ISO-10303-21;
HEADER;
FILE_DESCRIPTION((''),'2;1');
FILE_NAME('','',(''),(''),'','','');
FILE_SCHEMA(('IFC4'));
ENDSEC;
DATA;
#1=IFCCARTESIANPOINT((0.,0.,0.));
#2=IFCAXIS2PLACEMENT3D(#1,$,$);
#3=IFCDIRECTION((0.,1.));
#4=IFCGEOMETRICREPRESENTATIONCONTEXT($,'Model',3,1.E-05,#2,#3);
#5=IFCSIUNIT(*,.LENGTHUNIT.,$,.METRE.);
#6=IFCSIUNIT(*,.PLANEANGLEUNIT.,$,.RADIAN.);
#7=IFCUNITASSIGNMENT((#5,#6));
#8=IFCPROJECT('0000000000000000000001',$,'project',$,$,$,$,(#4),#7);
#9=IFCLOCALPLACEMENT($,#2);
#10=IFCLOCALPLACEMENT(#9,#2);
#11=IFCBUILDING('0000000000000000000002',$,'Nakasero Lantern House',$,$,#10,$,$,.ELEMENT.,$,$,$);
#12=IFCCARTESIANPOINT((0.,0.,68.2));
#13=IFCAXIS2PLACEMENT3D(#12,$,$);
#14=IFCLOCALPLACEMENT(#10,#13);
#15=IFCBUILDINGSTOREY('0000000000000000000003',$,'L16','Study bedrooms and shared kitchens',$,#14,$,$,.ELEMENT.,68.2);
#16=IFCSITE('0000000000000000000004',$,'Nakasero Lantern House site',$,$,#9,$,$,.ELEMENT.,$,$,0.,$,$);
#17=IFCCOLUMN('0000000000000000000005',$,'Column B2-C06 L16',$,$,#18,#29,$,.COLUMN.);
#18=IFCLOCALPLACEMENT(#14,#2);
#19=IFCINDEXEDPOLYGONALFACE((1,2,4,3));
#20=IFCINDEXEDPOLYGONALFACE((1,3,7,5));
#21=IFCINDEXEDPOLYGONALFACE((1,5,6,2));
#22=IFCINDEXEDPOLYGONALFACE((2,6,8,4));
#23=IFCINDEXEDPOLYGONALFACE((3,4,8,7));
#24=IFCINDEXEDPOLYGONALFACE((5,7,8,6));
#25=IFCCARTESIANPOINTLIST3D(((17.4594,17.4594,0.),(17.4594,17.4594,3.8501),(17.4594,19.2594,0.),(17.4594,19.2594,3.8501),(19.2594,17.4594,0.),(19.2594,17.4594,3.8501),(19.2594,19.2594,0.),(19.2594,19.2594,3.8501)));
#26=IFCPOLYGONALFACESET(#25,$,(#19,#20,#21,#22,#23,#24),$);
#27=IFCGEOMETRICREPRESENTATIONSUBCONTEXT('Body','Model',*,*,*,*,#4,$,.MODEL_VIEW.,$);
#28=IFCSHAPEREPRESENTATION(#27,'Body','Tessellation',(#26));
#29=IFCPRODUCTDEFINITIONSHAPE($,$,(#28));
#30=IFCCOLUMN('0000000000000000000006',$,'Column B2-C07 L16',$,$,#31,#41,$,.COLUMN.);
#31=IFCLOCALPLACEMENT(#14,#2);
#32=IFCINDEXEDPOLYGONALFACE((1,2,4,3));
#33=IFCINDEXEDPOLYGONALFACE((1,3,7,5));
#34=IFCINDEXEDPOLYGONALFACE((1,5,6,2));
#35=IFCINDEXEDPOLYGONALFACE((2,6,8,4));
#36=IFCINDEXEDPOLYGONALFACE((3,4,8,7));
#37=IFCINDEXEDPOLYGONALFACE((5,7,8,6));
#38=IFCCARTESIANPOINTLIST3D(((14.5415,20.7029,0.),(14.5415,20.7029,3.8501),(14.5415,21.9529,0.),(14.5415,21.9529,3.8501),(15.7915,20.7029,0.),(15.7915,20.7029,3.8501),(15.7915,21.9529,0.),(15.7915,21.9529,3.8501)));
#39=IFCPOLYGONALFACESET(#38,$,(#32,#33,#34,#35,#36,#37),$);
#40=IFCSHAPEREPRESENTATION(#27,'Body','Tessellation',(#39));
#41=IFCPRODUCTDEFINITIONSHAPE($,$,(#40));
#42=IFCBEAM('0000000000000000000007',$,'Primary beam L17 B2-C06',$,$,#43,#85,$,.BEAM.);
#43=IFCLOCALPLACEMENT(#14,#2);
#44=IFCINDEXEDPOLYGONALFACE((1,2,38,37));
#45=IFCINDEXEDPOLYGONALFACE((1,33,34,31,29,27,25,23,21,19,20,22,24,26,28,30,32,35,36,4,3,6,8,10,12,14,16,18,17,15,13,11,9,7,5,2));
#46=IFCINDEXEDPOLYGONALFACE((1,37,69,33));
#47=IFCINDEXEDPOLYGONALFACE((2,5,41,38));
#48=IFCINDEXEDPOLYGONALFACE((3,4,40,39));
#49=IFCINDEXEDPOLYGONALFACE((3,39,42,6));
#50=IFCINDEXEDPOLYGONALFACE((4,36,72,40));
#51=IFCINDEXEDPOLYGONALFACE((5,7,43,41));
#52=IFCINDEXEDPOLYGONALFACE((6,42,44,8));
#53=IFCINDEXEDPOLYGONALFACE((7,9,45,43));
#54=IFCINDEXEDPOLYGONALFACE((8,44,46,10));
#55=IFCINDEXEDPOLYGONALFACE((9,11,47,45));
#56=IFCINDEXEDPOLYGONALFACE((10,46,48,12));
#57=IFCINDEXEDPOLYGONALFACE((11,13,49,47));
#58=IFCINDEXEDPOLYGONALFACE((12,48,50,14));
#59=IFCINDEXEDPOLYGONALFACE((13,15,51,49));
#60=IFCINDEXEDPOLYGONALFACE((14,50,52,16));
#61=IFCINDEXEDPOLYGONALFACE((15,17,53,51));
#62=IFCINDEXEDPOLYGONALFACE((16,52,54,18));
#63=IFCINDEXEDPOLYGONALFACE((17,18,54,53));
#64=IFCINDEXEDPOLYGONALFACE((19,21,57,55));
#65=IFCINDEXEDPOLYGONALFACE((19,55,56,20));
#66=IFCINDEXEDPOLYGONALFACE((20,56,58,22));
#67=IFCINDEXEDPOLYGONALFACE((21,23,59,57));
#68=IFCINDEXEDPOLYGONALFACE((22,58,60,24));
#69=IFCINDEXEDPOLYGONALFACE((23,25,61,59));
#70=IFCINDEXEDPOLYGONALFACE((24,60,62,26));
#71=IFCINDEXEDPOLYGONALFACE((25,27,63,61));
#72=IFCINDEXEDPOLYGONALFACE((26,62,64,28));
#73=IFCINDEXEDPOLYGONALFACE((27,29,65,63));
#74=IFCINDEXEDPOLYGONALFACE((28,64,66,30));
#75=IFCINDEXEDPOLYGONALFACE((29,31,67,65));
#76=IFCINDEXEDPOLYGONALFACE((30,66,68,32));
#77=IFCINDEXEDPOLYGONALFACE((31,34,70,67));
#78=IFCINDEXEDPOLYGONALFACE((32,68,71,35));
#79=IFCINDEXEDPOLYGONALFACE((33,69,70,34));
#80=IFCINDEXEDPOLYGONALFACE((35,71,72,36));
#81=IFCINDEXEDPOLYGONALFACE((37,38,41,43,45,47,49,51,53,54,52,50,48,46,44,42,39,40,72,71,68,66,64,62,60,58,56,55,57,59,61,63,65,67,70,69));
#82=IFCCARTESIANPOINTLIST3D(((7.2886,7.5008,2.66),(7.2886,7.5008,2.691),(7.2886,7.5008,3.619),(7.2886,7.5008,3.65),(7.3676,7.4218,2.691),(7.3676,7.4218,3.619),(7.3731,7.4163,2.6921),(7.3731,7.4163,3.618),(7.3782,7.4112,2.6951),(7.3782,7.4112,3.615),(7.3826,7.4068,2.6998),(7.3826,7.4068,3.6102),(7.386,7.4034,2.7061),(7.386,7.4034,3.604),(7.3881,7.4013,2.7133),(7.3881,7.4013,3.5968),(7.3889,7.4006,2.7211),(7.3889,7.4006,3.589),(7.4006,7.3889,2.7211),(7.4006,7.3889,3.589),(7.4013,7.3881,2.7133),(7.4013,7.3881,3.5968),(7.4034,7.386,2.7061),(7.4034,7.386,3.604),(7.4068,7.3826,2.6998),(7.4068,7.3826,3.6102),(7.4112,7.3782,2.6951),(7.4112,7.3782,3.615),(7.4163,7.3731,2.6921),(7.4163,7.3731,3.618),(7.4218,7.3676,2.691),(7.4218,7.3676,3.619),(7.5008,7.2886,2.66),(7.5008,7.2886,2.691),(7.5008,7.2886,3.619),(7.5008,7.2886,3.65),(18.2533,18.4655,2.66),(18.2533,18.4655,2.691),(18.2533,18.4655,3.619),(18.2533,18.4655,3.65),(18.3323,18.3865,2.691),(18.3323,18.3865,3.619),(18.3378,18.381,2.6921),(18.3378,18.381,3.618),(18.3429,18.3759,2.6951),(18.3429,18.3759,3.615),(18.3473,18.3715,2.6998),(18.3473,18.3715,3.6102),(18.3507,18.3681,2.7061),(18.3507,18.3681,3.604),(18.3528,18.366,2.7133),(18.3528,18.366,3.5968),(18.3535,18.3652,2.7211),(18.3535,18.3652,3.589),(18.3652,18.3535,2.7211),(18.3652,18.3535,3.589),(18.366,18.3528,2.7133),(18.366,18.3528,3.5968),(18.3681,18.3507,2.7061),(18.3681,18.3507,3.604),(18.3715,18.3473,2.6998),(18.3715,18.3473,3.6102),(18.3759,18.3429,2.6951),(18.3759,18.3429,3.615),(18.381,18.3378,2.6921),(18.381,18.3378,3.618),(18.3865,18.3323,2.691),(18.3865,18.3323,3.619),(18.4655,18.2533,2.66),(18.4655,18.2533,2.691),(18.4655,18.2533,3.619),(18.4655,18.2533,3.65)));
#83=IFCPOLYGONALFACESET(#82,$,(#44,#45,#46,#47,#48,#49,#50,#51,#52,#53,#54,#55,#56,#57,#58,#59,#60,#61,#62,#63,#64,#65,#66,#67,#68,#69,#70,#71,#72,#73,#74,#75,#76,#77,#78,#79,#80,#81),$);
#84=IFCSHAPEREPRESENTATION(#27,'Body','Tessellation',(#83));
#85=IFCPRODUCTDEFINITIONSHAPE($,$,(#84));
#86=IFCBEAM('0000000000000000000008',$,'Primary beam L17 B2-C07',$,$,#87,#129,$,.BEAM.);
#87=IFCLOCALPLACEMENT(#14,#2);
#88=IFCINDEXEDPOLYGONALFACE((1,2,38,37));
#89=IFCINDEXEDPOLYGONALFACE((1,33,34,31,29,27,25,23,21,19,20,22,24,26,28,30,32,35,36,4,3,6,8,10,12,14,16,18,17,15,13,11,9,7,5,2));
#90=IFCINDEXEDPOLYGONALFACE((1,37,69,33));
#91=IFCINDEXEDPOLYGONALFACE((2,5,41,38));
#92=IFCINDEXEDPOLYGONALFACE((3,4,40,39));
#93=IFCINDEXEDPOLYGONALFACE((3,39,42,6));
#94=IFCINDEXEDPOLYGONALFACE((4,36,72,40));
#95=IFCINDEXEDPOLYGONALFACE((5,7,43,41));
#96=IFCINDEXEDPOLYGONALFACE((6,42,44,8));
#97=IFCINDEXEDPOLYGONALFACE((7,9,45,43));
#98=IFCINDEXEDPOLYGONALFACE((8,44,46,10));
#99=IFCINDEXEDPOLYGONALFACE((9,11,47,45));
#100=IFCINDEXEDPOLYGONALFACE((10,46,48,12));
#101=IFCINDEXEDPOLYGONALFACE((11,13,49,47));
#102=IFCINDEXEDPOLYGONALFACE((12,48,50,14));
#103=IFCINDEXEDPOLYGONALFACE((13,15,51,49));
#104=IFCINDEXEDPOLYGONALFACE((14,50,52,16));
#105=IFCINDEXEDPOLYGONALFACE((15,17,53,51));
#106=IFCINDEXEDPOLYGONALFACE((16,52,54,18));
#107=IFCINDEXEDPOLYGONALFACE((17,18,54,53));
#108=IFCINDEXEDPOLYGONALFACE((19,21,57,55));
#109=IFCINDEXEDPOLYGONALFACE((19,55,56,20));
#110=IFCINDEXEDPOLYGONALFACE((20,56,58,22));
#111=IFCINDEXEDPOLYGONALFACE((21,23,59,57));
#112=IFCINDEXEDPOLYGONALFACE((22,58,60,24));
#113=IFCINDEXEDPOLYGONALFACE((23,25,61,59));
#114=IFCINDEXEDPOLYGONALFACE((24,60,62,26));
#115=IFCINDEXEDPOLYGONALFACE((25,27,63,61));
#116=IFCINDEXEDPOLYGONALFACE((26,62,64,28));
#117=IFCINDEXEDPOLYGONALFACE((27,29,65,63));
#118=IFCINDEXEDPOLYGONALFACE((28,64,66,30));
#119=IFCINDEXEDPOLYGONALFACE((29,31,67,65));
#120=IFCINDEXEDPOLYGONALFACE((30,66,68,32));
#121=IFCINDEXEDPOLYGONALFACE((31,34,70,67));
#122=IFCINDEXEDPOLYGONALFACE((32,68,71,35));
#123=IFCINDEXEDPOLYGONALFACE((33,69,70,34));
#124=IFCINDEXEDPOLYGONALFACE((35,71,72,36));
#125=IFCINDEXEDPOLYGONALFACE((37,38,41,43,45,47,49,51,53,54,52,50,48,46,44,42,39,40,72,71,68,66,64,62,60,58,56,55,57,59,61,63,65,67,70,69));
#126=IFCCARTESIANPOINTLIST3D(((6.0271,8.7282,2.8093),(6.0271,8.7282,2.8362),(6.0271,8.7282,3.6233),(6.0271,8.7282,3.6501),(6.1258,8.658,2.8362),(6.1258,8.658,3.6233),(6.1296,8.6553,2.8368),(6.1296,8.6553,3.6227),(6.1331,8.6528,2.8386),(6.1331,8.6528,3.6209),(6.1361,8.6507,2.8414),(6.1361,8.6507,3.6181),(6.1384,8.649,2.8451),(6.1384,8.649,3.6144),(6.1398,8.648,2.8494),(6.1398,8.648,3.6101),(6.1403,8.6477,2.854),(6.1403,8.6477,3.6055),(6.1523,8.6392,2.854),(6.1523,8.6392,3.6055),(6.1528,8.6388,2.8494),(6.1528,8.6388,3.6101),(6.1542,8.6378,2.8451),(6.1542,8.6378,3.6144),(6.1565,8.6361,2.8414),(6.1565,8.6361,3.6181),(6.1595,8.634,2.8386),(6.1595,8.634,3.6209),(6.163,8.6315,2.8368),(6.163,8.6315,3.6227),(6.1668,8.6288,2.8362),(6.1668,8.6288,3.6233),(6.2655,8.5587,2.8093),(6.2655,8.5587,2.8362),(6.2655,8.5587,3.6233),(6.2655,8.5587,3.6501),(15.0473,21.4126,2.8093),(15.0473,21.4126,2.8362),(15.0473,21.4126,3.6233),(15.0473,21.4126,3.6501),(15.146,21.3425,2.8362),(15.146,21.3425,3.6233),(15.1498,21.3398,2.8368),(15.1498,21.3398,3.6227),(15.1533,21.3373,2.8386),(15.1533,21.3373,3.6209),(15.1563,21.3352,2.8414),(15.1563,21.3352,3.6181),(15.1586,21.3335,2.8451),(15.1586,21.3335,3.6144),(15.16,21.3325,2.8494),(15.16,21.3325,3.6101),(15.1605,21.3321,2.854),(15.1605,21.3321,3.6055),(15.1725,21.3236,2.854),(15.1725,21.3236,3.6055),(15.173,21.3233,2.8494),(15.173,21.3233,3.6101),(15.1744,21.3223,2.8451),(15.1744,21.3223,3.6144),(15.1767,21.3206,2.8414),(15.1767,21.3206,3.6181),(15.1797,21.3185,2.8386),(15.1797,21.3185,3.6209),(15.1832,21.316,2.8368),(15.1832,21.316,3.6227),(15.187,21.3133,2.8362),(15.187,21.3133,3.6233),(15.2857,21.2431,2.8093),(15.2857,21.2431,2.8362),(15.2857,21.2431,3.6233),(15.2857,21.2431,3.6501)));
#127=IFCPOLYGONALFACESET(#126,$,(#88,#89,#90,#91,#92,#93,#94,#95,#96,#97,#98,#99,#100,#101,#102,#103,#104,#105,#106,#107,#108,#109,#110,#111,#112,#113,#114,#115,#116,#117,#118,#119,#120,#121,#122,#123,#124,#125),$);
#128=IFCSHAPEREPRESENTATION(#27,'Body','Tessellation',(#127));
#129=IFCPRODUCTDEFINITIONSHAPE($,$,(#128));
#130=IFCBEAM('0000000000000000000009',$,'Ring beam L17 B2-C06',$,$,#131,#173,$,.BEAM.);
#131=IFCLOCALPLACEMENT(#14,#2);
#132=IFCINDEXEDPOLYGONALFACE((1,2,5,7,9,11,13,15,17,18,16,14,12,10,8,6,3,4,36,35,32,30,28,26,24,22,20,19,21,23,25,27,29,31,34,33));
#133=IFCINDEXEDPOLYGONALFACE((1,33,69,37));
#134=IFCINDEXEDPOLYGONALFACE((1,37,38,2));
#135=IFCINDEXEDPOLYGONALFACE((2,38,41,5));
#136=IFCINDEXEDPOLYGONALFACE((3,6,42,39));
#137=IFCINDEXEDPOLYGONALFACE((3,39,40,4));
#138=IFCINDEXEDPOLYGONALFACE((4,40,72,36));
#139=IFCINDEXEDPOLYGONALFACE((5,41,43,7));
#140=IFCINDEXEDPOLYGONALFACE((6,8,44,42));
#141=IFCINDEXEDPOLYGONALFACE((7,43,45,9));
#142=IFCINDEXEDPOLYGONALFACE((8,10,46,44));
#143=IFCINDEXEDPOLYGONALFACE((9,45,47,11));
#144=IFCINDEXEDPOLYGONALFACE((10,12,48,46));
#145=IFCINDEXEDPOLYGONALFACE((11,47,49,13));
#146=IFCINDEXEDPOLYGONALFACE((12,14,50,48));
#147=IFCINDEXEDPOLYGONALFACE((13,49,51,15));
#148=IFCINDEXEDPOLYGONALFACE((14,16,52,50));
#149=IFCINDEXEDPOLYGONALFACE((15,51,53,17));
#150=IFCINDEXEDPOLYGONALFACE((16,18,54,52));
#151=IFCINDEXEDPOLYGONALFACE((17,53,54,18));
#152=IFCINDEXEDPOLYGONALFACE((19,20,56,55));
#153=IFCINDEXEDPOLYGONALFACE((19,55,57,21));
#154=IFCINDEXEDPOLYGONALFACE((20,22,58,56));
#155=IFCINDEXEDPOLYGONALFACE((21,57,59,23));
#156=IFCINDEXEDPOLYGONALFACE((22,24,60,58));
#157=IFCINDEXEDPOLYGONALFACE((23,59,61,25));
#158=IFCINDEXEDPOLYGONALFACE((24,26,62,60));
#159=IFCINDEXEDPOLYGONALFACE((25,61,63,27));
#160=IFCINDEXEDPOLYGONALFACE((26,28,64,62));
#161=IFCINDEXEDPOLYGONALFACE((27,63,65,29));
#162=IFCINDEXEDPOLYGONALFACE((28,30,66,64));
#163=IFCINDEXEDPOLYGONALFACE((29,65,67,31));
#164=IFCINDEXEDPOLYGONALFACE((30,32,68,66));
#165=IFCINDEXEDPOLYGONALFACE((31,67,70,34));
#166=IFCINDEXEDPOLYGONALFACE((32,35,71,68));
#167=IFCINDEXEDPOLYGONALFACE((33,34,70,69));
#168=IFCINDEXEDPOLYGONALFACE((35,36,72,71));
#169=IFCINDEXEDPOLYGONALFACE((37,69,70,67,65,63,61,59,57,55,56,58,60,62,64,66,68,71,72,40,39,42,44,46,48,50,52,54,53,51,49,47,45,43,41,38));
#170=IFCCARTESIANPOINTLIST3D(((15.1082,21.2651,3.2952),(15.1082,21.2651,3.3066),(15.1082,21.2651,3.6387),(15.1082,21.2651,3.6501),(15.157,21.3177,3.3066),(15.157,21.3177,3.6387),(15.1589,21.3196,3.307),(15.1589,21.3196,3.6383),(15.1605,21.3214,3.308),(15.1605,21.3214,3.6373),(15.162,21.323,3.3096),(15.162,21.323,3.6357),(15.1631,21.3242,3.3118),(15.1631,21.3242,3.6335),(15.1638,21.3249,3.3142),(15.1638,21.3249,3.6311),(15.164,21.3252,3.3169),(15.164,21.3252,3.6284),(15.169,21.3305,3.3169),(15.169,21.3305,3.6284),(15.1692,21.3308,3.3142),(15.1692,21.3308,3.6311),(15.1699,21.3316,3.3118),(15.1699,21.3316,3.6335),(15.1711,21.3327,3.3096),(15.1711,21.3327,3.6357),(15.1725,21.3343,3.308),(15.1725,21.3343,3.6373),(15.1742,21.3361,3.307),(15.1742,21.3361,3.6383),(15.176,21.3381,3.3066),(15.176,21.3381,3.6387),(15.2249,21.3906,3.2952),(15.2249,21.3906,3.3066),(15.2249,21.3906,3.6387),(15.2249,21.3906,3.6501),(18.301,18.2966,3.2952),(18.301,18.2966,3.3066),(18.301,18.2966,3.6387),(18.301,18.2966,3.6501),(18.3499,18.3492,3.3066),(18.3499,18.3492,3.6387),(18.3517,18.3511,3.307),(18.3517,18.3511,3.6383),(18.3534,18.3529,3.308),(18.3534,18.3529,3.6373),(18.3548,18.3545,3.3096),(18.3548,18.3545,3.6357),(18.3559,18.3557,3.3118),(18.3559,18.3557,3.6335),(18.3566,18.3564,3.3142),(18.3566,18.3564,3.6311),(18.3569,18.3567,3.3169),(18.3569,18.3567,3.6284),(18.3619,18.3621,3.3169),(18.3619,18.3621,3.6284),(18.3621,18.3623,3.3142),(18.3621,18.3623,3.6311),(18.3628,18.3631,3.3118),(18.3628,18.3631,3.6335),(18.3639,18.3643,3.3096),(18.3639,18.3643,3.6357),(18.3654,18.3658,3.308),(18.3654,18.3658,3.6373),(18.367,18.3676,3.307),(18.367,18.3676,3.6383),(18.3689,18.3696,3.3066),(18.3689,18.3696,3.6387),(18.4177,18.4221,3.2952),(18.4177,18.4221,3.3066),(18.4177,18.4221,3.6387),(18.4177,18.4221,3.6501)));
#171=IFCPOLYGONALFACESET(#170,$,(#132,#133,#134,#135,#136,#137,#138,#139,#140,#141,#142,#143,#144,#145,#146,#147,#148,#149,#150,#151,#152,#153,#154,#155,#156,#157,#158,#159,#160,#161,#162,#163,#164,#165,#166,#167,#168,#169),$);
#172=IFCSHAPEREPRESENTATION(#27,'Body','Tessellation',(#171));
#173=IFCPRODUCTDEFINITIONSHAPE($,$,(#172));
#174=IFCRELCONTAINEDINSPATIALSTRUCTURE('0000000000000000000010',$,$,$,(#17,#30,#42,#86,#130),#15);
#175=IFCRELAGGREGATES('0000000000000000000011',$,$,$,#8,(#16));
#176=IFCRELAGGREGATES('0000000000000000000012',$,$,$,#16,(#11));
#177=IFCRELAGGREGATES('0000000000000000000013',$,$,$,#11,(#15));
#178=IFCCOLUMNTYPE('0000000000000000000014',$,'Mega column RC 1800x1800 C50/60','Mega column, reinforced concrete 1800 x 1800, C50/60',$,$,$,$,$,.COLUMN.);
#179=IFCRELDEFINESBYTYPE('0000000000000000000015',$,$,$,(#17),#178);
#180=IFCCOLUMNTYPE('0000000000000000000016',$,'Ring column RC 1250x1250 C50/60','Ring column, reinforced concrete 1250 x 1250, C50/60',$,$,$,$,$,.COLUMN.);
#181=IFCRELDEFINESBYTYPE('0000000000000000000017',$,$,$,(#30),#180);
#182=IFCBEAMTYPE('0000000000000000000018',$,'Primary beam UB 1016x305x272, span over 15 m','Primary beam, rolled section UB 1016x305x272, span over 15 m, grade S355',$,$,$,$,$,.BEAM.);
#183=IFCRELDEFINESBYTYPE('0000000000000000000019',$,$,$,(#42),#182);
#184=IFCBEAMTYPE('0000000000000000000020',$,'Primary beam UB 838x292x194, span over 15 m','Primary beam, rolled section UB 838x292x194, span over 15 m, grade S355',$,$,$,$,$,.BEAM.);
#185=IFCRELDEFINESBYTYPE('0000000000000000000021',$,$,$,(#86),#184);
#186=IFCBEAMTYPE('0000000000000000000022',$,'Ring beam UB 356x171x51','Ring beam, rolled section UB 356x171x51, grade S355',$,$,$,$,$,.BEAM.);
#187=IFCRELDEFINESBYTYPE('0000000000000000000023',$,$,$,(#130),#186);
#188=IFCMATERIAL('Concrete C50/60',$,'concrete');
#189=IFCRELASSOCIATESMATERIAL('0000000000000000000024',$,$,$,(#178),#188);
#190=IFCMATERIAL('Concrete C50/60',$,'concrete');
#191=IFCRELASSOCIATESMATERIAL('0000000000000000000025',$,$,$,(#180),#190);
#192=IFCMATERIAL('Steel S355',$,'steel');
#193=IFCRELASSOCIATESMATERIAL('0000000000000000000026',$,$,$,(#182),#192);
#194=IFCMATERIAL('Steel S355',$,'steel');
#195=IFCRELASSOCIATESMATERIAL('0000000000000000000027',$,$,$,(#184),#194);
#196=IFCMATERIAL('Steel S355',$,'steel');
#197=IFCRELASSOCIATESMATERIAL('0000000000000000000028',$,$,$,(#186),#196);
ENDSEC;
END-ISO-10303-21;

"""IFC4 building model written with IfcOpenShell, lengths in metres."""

from ifc_helpers import new_model, si_unit, direction, frame, origin, origin_2d, place, context, subcontext, project, spatial, rectangle, i_section, extrude, material, material_profile, profile_set, type_object, element, save


model = new_model("IFC4")

# Units and contexts
model_context = context("Model", 3, precision=1e-05, world=origin(), true_north=direction((0.0, 1.0)))
body_context = subcontext(model_context, "Body", "Model", "MODEL_VIEW")
ifc_project = project(units=[si_unit("LENGTHUNIT", "METRE"), si_unit("PLANEANGLEUNIT", "RADIAN")], contexts=[model_context])

# Site, building, storey
site_placement = place(None, origin())
site = spatial("IfcSite", under=ifc_project, at=site_placement, Name="Nakasero Lantern House site", CompositionType="ELEMENT", RefElevation=0.0)
building_placement = place(site_placement, origin())
building = spatial("IfcBuilding", under=site, at=building_placement, Name="Nakasero Lantern House", CompositionType="ELEMENT")
storey_placement = place(building_placement, frame((0.0, 0.0, 68.2)))
storey = spatial("IfcBuildingStorey", under=building, at=storey_placement, Name="L16", Description="Study bedrooms and shared kitchens", CompositionType="ELEMENT", Elevation=68.2)

# Columns
ifc_material_1 = material(Name="Concrete C50/60", Category="concrete")
ifc_material_profile_1 = material_profile(ifc_material_1, rectangle(XDim=1.8, YDim=1.8, at=origin_2d()), Name="RC 1800x1800")
ifc_profile_set_1 = profile_set([ifc_material_profile_1], Name="Concrete C50/60")
column_type_1 = type_object("IfcColumnType", Name="Mega column RC 1800x1800 C50/60", Description="Mega column, reinforced concrete 1800 x 1800, C50/60", PredefinedType="COLUMN", material=ifc_profile_set_1)
column_1_placement = place(storey_placement, frame((18.3594, 18.3594, 0.0), z_axis=(0.0, 0.0, 1.0), x_axis=(1.0, 0.0, 0.0)))
element("IfcColumn", 1, at=column_1_placement, inside=storey, type_object=column_type_1, Name="Column B2-C06 L16", PredefinedType="COLUMN", context=body_context, shape_type="SweptSolid", body=[
    extrude(rectangle(XDim=1.8, YDim=1.8, at=origin_2d()), origin(), (0.0, 0.0, 1.0), 3.8501),
])
ifc_material_2 = material(Name="Concrete C50/60", Category="concrete")
ifc_material_profile_2 = material_profile(ifc_material_2, rectangle(XDim=1.25, YDim=1.25, at=origin_2d()), Name="RC 1250x1250")
ifc_profile_set_2 = profile_set([ifc_material_profile_2], Name="Concrete C50/60")
column_type_2 = type_object("IfcColumnType", Name="Ring column RC 1250x1250 C50/60", Description="Ring column, reinforced concrete 1250 x 1250, C50/60", PredefinedType="COLUMN", material=ifc_profile_set_2)
column_2_placement = place(storey_placement, frame((15.1665, 21.3279, 0.0), z_axis=(0.0, 0.0, 1.0), x_axis=(1.0, 0.0, 0.0)))
element("IfcColumn", 2, at=column_2_placement, inside=storey, type_object=column_type_2, Name="Column B2-C07 L16", PredefinedType="COLUMN", context=body_context, shape_type="SweptSolid", body=[
    extrude(rectangle(XDim=1.25, YDim=1.25, at=origin_2d()), origin(), (0.0, 0.0, 1.0), 3.8501),
])

# Beams
ifc_material_3 = material(Name="Steel S355", Category="steel")
ifc_material_profile_3 = material_profile(ifc_material_3, i_section(OverallWidth=0.3, OverallDepth=0.99, WebThickness=0.0166, FlangeThickness=0.031, FilletRadius=0.03, at=origin_2d()), Name="UB 1016x305x272")
ifc_profile_set_3 = profile_set([ifc_material_profile_3], Name="Steel S355")
beam_type_1 = type_object("IfcBeamType", Name="Primary beam UB 1016x305x272, span over 15 m", Description="Primary beam, rolled section UB 1016x305x272, span over 15 m, grade S355", PredefinedType="BEAM", material=ifc_profile_set_3)
beam_1_placement = place(storey_placement, frame((18.3594, 18.3594, 3.155), z_axis=(-0.707107, -0.707107, 0.0), x_axis=(0.707107, -0.707107, 0.0)))
element("IfcBeam", 3, at=beam_1_placement, inside=storey, type_object=beam_type_1, Name="Primary beam L17 B2-C06", PredefinedType="BEAM", context=body_context, shape_type="SweptSolid", body=[
    extrude(i_section(OverallWidth=0.3, OverallDepth=0.99, WebThickness=0.0166, FlangeThickness=0.031, FilletRadius=0.03, at=origin_2d()), origin(), (0.0, 0.0, 1.0), 15.5063),
])
ifc_material_4 = material(Name="Steel S355", Category="steel")
ifc_material_profile_4 = material_profile(ifc_material_4, i_section(OverallWidth=0.2925, OverallDepth=0.8408, WebThickness=0.0146, FlangeThickness=0.0269, FilletRadius=0.0178, at=origin_2d()), Name="UB 838x292x194")
ifc_profile_set_4 = profile_set([ifc_material_profile_4], Name="Steel S355")
beam_type_2 = type_object("IfcBeamType", Name="Primary beam UB 838x292x194, span over 15 m", Description="Primary beam, rolled section UB 838x292x194, span over 15 m, grade S355", PredefinedType="BEAM", material=ifc_profile_set_4)
beam_2_placement = place(storey_placement, frame((15.1665, 21.3279, 3.2297), z_axis=(-0.579529, -0.814952, 0.0), x_axis=(0.814952, -0.579529, 0.0)))
element("IfcBeam", 4, at=beam_2_placement, inside=storey, type_object=beam_type_2, Name="Primary beam L17 B2-C07", PredefinedType="BEAM", context=body_context, shape_type="SweptSolid", body=[
    extrude(i_section(OverallWidth=0.2925, OverallDepth=0.8408, WebThickness=0.0146, FlangeThickness=0.0269, FilletRadius=0.0178, at=origin_2d()), origin(), (0.0, 0.0, 1.0), 15.5647),
])
ifc_material_5 = material(Name="Steel S355", Category="steel")
ifc_material_profile_5 = material_profile(ifc_material_5, i_section(OverallWidth=0.1714, OverallDepth=0.355, WebThickness=0.0073, FlangeThickness=0.0115, FilletRadius=0.0103, at=origin_2d()), Name="UB 356x171x51")
ifc_profile_set_5 = profile_set([ifc_material_profile_5], Name="Steel S355")
beam_type_3 = type_object("IfcBeamType", Name="Ring beam UB 356x171x51", Description="Ring beam, rolled section UB 356x171x51, grade S355", PredefinedType="BEAM", material=ifc_profile_set_5)
beam_3_placement = place(storey_placement, frame((18.3594, 18.3594, 3.4727), z_axis=(-0.732371, 0.680906, 0.0), x_axis=(-0.680906, -0.732371, 0.0)))
element("IfcBeam", 5, at=beam_3_placement, inside=storey, type_object=beam_type_3, Name="Ring beam L17 B2-C06", PredefinedType="BEAM", context=body_context, shape_type="SweptSolid", body=[
    extrude(i_section(OverallWidth=0.1714, OverallDepth=0.355, WebThickness=0.0073, FlangeThickness=0.0115, FilletRadius=0.0103, at=origin_2d()), origin(), (0.0, 0.0, 1.0), 4.3596),
])

save(model, "model.ifc")
